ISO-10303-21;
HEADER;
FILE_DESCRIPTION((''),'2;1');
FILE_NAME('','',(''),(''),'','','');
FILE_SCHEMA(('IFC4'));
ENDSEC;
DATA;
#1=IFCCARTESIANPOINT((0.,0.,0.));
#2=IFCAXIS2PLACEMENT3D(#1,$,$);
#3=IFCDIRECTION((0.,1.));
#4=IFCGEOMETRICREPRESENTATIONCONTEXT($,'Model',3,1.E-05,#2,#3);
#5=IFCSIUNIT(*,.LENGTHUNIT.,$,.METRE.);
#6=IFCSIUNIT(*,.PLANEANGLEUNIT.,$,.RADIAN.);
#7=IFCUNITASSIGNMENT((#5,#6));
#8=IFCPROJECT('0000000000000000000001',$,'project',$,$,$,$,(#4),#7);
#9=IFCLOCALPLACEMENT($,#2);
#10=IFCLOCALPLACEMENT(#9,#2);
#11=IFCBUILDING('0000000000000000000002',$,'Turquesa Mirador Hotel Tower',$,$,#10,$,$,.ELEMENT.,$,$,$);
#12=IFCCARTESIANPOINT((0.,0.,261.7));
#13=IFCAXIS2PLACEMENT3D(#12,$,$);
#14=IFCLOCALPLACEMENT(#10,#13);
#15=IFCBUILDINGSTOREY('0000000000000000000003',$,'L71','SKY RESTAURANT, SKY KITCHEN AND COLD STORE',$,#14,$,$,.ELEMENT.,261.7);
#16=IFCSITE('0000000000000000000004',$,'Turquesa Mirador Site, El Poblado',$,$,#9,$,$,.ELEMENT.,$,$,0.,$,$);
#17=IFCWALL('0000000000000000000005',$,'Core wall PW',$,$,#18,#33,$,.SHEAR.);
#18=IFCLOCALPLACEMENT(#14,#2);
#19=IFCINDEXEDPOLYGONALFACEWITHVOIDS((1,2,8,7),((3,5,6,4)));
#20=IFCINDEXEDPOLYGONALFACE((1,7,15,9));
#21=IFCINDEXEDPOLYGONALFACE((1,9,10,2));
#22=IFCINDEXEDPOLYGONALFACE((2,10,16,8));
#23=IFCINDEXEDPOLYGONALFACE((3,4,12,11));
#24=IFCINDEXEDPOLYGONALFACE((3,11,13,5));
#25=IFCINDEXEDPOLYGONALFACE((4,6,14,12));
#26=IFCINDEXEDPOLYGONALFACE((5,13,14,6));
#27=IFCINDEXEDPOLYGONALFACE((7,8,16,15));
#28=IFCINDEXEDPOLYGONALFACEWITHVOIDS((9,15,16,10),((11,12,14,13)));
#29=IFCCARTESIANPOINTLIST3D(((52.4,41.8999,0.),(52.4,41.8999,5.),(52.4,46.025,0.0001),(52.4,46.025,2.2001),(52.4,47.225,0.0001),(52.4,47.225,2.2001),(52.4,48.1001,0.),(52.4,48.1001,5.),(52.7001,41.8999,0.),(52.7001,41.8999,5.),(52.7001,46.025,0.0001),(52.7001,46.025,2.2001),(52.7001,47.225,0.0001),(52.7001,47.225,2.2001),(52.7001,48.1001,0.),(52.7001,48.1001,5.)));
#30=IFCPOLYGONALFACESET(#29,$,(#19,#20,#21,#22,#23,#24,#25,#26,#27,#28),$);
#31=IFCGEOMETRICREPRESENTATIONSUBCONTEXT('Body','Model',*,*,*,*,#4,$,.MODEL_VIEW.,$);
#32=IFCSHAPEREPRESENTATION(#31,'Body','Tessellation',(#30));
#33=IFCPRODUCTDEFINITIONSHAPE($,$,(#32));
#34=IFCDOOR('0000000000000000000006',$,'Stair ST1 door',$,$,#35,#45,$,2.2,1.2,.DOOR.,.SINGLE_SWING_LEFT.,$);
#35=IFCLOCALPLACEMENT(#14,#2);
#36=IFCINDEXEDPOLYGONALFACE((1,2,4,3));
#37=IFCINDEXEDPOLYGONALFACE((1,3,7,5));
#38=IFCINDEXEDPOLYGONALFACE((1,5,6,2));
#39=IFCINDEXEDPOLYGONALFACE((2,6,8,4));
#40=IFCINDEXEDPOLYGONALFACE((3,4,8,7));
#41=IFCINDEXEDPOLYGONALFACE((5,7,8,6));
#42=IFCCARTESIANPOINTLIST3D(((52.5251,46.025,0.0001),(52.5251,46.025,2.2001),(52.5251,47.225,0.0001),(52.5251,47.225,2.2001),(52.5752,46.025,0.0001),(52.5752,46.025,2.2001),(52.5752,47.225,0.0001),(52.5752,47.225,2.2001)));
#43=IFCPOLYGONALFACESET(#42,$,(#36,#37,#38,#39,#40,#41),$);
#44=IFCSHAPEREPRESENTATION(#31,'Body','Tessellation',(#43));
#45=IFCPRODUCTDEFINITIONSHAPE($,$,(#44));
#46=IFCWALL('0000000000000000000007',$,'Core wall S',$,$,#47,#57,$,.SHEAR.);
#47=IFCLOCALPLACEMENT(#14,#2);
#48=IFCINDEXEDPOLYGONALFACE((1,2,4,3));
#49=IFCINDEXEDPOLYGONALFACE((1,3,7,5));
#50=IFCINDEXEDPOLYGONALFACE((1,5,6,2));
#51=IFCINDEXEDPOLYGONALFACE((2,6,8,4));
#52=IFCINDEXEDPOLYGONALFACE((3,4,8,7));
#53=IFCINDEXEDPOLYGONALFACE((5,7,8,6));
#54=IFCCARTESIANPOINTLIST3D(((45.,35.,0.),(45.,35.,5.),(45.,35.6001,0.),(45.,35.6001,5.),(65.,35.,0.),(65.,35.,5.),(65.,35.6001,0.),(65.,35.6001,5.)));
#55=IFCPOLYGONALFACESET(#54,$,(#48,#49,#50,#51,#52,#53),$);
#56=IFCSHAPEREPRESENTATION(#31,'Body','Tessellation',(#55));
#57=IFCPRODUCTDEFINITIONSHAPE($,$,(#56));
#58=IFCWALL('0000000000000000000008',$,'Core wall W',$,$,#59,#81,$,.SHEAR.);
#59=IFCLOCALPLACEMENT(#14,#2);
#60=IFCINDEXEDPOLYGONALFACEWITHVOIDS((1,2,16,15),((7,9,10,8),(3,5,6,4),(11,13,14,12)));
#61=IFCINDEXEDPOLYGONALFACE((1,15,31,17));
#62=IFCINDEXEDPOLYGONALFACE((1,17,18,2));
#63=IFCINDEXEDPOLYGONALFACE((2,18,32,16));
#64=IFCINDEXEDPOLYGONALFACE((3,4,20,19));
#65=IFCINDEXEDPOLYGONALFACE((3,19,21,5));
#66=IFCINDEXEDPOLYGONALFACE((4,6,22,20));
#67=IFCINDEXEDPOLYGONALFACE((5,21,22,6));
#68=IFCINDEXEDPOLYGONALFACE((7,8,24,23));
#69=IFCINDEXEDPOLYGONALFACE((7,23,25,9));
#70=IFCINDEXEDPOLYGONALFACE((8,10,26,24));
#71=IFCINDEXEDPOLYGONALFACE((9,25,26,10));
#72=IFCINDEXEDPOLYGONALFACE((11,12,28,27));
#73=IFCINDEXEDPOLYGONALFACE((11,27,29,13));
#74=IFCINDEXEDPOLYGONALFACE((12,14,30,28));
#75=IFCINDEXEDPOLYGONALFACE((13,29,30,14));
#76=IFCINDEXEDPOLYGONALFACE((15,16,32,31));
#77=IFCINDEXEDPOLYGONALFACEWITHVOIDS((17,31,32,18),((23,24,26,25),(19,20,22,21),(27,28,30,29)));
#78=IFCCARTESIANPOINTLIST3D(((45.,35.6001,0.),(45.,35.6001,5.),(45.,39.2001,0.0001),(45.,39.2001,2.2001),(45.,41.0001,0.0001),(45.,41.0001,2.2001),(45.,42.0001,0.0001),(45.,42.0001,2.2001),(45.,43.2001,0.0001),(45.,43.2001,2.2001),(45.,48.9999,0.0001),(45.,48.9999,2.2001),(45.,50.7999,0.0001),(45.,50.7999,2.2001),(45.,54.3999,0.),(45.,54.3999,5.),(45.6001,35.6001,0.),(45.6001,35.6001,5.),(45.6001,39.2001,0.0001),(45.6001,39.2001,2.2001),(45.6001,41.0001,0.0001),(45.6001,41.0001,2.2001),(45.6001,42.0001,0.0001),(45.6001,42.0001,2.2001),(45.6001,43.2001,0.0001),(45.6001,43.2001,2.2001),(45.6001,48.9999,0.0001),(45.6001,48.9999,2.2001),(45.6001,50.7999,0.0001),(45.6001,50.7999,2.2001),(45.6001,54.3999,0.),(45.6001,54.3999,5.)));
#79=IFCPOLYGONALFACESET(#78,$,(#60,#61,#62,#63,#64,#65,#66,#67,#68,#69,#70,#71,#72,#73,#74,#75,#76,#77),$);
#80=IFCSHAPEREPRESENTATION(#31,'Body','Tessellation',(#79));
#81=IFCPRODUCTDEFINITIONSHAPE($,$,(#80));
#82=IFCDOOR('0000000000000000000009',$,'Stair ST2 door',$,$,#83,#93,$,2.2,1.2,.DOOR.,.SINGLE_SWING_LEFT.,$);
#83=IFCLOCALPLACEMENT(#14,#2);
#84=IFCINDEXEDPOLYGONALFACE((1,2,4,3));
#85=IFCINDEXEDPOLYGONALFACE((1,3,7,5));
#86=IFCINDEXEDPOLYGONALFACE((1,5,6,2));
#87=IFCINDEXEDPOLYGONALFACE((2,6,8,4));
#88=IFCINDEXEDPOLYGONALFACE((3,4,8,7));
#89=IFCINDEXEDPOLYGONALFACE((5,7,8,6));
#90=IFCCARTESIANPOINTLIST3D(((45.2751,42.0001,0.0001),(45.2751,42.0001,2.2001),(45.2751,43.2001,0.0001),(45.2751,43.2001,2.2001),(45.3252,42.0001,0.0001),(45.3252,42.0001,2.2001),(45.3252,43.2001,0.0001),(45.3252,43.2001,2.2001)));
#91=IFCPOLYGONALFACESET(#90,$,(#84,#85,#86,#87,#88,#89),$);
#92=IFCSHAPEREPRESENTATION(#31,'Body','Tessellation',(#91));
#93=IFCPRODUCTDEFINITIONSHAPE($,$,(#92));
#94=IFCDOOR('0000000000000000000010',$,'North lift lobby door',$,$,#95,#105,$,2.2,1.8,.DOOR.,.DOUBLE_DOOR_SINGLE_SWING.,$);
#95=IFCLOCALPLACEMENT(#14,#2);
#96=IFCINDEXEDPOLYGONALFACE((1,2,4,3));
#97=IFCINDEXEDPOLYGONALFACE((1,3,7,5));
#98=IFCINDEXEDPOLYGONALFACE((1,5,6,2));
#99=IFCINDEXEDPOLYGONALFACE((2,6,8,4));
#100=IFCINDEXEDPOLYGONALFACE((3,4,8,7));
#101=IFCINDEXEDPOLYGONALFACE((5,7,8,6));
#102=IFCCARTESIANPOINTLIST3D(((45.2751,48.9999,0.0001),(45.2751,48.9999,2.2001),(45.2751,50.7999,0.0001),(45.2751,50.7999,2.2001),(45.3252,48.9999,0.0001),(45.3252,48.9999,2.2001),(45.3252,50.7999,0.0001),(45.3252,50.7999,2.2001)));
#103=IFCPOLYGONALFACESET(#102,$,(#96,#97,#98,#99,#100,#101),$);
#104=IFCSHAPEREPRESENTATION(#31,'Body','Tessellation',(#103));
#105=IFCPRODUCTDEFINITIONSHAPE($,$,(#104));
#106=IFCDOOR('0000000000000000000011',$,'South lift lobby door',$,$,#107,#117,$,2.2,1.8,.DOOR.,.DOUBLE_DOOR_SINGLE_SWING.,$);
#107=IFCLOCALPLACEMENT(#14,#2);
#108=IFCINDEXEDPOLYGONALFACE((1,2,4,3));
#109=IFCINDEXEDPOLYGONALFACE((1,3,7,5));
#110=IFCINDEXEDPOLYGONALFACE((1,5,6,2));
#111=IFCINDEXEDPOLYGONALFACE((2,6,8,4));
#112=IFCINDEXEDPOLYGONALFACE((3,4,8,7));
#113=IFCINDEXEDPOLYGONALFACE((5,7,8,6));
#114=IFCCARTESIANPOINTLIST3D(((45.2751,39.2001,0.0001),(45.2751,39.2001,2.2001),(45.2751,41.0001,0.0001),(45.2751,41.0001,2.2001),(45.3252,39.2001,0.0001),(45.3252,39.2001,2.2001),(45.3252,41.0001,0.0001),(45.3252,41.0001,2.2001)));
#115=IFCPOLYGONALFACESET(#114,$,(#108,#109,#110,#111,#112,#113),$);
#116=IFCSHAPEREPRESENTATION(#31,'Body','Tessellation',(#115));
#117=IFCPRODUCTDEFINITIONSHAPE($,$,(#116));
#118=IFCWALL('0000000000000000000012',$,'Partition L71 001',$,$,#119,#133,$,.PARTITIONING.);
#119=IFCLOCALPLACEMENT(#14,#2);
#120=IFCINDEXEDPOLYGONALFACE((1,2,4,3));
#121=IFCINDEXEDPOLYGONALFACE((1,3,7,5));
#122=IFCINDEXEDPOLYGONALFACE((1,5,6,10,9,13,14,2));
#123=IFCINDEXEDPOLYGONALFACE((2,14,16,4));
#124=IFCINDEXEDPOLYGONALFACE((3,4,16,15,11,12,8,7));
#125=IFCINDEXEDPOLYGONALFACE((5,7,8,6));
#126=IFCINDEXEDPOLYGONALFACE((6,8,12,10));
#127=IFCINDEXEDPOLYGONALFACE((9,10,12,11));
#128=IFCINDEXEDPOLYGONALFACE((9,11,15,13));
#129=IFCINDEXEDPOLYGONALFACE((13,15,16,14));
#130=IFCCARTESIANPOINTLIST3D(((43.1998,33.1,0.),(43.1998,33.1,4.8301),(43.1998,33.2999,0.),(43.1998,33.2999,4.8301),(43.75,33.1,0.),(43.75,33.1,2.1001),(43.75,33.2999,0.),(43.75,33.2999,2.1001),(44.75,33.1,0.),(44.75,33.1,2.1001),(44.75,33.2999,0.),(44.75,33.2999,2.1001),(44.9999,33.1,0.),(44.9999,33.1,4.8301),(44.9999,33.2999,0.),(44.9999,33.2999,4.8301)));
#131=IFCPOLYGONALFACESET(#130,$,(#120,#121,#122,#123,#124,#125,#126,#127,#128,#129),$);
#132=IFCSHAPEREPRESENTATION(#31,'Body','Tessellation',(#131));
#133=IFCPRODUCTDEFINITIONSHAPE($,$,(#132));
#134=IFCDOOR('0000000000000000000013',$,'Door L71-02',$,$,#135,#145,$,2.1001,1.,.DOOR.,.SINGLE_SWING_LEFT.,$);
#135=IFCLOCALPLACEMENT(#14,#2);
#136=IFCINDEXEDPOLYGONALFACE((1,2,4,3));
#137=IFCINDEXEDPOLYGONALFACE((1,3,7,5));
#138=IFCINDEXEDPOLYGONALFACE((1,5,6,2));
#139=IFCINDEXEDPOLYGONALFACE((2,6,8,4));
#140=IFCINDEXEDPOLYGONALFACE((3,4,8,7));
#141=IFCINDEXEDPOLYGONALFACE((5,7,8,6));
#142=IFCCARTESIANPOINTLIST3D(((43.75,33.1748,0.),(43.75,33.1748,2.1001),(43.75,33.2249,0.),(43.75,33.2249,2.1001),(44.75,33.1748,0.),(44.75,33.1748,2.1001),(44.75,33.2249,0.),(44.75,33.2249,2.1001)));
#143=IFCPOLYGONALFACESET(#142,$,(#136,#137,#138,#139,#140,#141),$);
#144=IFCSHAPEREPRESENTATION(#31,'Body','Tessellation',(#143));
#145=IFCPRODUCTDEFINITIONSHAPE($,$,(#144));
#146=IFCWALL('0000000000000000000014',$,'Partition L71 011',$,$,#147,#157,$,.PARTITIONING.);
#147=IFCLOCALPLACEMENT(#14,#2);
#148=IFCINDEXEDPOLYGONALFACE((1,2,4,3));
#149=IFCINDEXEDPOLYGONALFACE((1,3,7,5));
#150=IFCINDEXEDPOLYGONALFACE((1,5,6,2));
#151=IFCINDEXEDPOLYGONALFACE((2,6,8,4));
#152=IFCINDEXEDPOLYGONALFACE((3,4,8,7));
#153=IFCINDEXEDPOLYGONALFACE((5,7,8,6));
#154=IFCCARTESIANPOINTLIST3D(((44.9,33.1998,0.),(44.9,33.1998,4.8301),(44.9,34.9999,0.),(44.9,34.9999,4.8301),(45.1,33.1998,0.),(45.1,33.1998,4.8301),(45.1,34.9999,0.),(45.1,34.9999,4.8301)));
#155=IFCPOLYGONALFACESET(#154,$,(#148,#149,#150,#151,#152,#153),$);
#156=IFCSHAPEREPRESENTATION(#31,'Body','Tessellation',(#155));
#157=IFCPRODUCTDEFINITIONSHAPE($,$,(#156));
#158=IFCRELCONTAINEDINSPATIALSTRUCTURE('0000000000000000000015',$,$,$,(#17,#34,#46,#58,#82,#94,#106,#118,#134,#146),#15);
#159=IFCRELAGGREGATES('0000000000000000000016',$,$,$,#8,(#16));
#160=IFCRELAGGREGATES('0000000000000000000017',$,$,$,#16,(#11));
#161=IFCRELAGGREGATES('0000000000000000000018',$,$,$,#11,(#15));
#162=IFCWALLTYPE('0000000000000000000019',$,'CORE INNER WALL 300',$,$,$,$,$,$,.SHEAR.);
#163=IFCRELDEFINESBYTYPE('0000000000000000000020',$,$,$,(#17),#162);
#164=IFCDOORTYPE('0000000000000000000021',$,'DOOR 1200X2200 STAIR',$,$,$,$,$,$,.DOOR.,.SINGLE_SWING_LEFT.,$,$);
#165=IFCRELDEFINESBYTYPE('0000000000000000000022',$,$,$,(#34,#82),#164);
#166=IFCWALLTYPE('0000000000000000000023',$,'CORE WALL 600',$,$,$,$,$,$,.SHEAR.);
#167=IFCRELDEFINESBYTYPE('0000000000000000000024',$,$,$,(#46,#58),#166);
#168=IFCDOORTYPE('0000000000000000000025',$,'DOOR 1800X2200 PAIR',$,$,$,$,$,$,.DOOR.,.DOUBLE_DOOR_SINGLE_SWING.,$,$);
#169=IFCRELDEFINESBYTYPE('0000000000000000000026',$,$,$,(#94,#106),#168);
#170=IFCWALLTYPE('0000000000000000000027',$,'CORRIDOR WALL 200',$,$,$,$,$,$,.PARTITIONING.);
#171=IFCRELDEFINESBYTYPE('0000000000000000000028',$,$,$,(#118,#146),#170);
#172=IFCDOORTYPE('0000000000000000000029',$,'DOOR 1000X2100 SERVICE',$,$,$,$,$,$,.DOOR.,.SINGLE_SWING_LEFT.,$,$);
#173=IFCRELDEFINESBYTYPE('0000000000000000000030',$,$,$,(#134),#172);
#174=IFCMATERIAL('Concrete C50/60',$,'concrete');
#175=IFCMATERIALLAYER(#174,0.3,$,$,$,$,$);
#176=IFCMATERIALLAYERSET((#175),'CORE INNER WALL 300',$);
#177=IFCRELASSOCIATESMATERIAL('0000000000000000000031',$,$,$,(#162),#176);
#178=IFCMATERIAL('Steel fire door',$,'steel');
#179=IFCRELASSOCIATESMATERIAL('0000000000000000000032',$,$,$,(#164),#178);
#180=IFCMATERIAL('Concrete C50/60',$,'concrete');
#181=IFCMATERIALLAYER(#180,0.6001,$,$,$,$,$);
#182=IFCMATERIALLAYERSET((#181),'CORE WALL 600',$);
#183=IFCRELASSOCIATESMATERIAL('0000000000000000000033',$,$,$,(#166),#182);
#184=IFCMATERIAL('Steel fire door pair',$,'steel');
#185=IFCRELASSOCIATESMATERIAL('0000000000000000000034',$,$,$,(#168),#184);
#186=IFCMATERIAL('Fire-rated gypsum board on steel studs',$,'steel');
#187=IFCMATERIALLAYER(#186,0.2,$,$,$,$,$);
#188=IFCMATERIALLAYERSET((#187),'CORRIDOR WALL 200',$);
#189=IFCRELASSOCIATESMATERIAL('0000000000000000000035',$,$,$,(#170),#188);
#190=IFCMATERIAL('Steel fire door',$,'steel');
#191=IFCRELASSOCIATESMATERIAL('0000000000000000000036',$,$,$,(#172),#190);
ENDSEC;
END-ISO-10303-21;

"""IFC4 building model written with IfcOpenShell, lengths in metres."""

from ifc_helpers import new_model, si_unit, direction, frame, frame_2d, origin, place, context, subcontext, project, spatial, rectangle, extrude, material, layer, layer_set, type_object, element, fill, save


model = new_model("IFC4")

# Units and contexts
model_context = context("Model", 3, precision=1e-05, world=origin(), true_north=direction((0.0, 1.0)))
body_context = subcontext(model_context, "Body", "Model", "MODEL_VIEW")
ifc_project = project(units=[si_unit("LENGTHUNIT", "METRE"), si_unit("PLANEANGLEUNIT", "RADIAN")], contexts=[model_context])

# Site, building, storey
site_placement = place(None, origin())
site = spatial("IfcSite", under=ifc_project, at=site_placement, Name="Turquesa Mirador Site, El Poblado", CompositionType="ELEMENT", RefElevation=0.0)
building_placement = place(site_placement, origin())
building = spatial("IfcBuilding", under=site, at=building_placement, Name="Turquesa Mirador Hotel Tower", CompositionType="ELEMENT")
storey_placement = place(building_placement, frame((0.0, 0.0, 261.7)))
storey = spatial("IfcBuildingStorey", under=building, at=storey_placement, Name="L71", Description="SKY RESTAURANT, SKY KITCHEN AND COLD STORE", CompositionType="ELEMENT", Elevation=261.7)

# Shared definitions
ifc_material_1 = material(Name="Concrete C50/60", Category="concrete")
ifc_layer_1 = layer(ifc_material_1, 0.3)
ifc_layer_set_1 = layer_set([ifc_layer_1], Name="CORE INNER WALL 300")
wall_type_1 = type_object("IfcWallType", Name="CORE INNER WALL 300", PredefinedType="SHEAR", material=ifc_layer_set_1)

# Wall, opening, door
wall_1_placement = place(storey_placement, frame((52.55, 41.8999, 0.0), z_axis=(0.0, 0.0, 1.0), x_axis=(0.0, 1.0, 0.0)))
wall_1 = element("IfcWall", 1, at=wall_1_placement, inside=storey, type_object=wall_type_1, Name="Core wall PW", PredefinedType="SHEAR", context=body_context, shape_type="SweptSolid", body=[
    extrude(rectangle(XDim=6.2002, YDim=0.3, at=frame_2d((3.1001, 0.0))), origin(), (0.0, 0.0, 1.0), 5.0),
])
opening_1_placement = place(wall_1_placement, frame((4.125, 0.0, 0.0)))
opening_1 = element("IfcOpeningElement", 2, at=opening_1_placement, cuts=wall_1, PredefinedType="OPENING", context=body_context, shape_type="SweptSolid", body=[
    extrude(rectangle(XDim=1.2, YDim=2.2, at=frame_2d((0.6001, 1.1001))), frame((0.0, 0.1599, 0.0), z_axis=(0.0, -1.0, 0.0), x_axis=(1.0, 0.0, 0.0)), (0.0, 0.0, 1.0), 0.3201),
])
ifc_material_2 = material(Name="Steel fire door", Category="steel")
door_type_1 = type_object("IfcDoorType", Name="DOOR 1200X2200 STAIR", OperationType="SINGLE_SWING_LEFT", PredefinedType="DOOR", material=ifc_material_2)
door_1_placement = place(opening_1_placement, origin())
door_1 = element("IfcDoor", 3, at=door_1_placement, inside=storey, type_object=door_type_1, Name="Stair ST1 door", OperationType="SINGLE_SWING_LEFT", OverallHeight=2.2, OverallWidth=1.2, PredefinedType="DOOR", context=body_context, shape_type="SweptSolid", body=[
    extrude(rectangle(XDim=1.2, YDim=2.2, at=frame_2d((0.6001, 1.1001))), frame((0.0, 0.0249, 0.0), z_axis=(0.0, -1.0, 0.0), x_axis=(1.0, 0.0, 0.0)), (0.0, 0.0, 1.0), 0.05),
])
fill(opening_1, door_1)

# Wall
ifc_material_3 = material(Name="Concrete C50/60", Category="concrete")
ifc_layer_2 = layer(ifc_material_3, 0.6001)
ifc_layer_set_2 = layer_set([ifc_layer_2], Name="CORE WALL 600")
wall_type_2 = type_object("IfcWallType", Name="CORE WALL 600", PredefinedType="SHEAR", material=ifc_layer_set_2)
wall_2_placement = place(storey_placement, frame((45.0, 35.3, 0.0), z_axis=(0.0, 0.0, 1.0), x_axis=(1.0, 0.0, 0.0)))
element("IfcWall", 4, at=wall_2_placement, inside=storey, type_object=wall_type_2, Name="Core wall S", PredefinedType="SHEAR", context=body_context, shape_type="SweptSolid", body=[
    extrude(rectangle(XDim=20.0, YDim=0.6001, at=frame_2d((10.0, 0.0))), origin(), (0.0, 0.0, 1.0), 5.0),
])

# Wall, openings, doors
wall_3_placement = place(storey_placement, frame((45.3, 35.6001, 0.0), z_axis=(0.0, 0.0, 1.0), x_axis=(0.0, 1.0, 0.0)))
wall_3 = element("IfcWall", 5, at=wall_3_placement, inside=storey, type_object=wall_type_2, Name="Core wall W", PredefinedType="SHEAR", context=body_context, shape_type="SweptSolid", body=[
    extrude(rectangle(XDim=18.7998, YDim=0.6001, at=frame_2d((9.3999, 0.0))), origin(), (0.0, 0.0, 1.0), 5.0),
])
opening_2_placement = place(wall_3_placement, frame((13.3999, 0.0, 0.0)))
opening_2 = element("IfcOpeningElement", 6, at=opening_2_placement, cuts=wall_3, PredefinedType="OPENING", context=body_context, shape_type="SweptSolid", body=[
    extrude(rectangle(XDim=1.8, YDim=2.2, at=frame_2d((0.8999, 1.1001))), frame((0.0, 0.3101, 0.0), z_axis=(0.0, -1.0, 0.0), x_axis=(1.0, 0.0, 0.0)), (0.0, 0.0, 1.0), 0.6201),
])
opening_3_placement = place(wall_3_placement, frame((3.6001, 0.0, 0.0)))
opening_3 = element("IfcOpeningElement", 7, at=opening_3_placement, cuts=wall_3, PredefinedType="OPENING", context=body_context, shape_type="SweptSolid", body=[
    extrude(rectangle(XDim=1.8, YDim=2.2, at=frame_2d((0.8999, 1.1001))), frame((0.0, 0.3101, 0.0), z_axis=(0.0, -1.0, 0.0), x_axis=(1.0, 0.0, 0.0)), (0.0, 0.0, 1.0), 0.6201),
])
opening_4_placement = place(wall_3_placement, frame((6.3999, 0.0, 0.0)))
opening_4 = element("IfcOpeningElement", 8, at=opening_4_placement, cuts=wall_3, PredefinedType="OPENING", context=body_context, shape_type="SweptSolid", body=[
    extrude(rectangle(XDim=1.2, YDim=2.2, at=frame_2d((0.6001, 1.1001))), frame((0.0, 0.3101, 0.0), z_axis=(0.0, -1.0, 0.0), x_axis=(1.0, 0.0, 0.0)), (0.0, 0.0, 1.0), 0.6201),
])
door_2_placement = place(opening_4_placement, origin())
door_2 = element("IfcDoor", 9, at=door_2_placement, inside=storey, type_object=door_type_1, Name="Stair ST2 door", OperationType="SINGLE_SWING_LEFT", OverallHeight=2.2, OverallWidth=1.2, PredefinedType="DOOR", context=body_context, shape_type="SweptSolid", body=[
    extrude(rectangle(XDim=1.2, YDim=2.2, at=frame_2d((0.6001, 1.1001))), frame((0.0, 0.0249, 0.0), z_axis=(0.0, -1.0, 0.0), x_axis=(1.0, 0.0, 0.0)), (0.0, 0.0, 1.0), 0.05),
])
fill(opening_4, door_2)
ifc_material_4 = material(Name="Steel fire door pair", Category="steel")
door_type_2 = type_object("IfcDoorType", Name="DOOR 1800X2200 PAIR", OperationType="DOUBLE_DOOR_SINGLE_SWING", PredefinedType="DOOR", material=ifc_material_4)
door_3_placement = place(opening_2_placement, origin())
door_3 = element("IfcDoor", 10, at=door_3_placement, inside=storey, type_object=door_type_2, Name="North lift lobby door", OperationType="DOUBLE_DOOR_SINGLE_SWING", OverallHeight=2.2, OverallWidth=1.8, PredefinedType="DOOR", context=body_context, shape_type="SweptSolid", body=[
    extrude(rectangle(XDim=1.8, YDim=2.2, at=frame_2d((0.8999, 1.1001))), frame((0.0, 0.0249, 0.0), z_axis=(0.0, -1.0, 0.0), x_axis=(1.0, 0.0, 0.0)), (0.0, 0.0, 1.0), 0.05),
])
fill(opening_2, door_3)
door_4_placement = place(opening_3_placement, origin())
door_4 = element("IfcDoor", 11, at=door_4_placement, inside=storey, type_object=door_type_2, Name="South lift lobby door", OperationType="DOUBLE_DOOR_SINGLE_SWING", OverallHeight=2.2, OverallWidth=1.8, PredefinedType="DOOR", context=body_context, shape_type="SweptSolid", body=[
    extrude(rectangle(XDim=1.8, YDim=2.2, at=frame_2d((0.8999, 1.1001))), frame((0.0, 0.0249, 0.0), z_axis=(0.0, -1.0, 0.0), x_axis=(1.0, 0.0, 0.0)), (0.0, 0.0, 1.0), 0.05),
])
fill(opening_3, door_4)

# Wall, opening, door
ifc_material_5 = material(Name="Fire-rated gypsum board on steel studs", Category="steel")
ifc_layer_3 = layer(ifc_material_5, 0.2)
ifc_layer_set_3 = layer_set([ifc_layer_3], Name="CORRIDOR WALL 200")
wall_type_3 = type_object("IfcWallType", Name="CORRIDOR WALL 200", PredefinedType="PARTITIONING", material=ifc_layer_set_3)
wall_4_placement = place(storey_placement, frame((43.2, 33.2, 0.0), z_axis=(0.0, 0.0, 1.0), x_axis=(1.0, 0.0, 0.0)))
wall_4 = element("IfcWall", 12, at=wall_4_placement, inside=storey, type_object=wall_type_3, Name="Partition L71 001", PredefinedType="PARTITIONING", context=body_context, shape_type="SweptSolid", body=[
    extrude(rectangle(XDim=1.8, YDim=0.2, at=frame_2d((0.8999, 0.0))), origin(), (0.0, 0.0, 1.0), 4.8301),
])
opening_5_placement = place(wall_4_placement, frame((0.55, 0.0, 0.0)))
opening_5 = element("IfcOpeningElement", 13, at=opening_5_placement, cuts=wall_4, PredefinedType="OPENING", context=body_context, shape_type="SweptSolid", body=[
    extrude(rectangle(XDim=1.0, YDim=2.1001, at=frame_2d((0.5, 1.05))), frame((0.0, 0.1099, 0.0), z_axis=(0.0, -1.0, 0.0), x_axis=(1.0, 0.0, 0.0)), (0.0, 0.0, 1.0), 0.22),
])
ifc_material_6 = material(Name="Steel fire door", Category="steel")
door_type_3 = type_object("IfcDoorType", Name="DOOR 1000X2100 SERVICE", OperationType="SINGLE_SWING_LEFT", PredefinedType="DOOR", material=ifc_material_6)
door_5_placement = place(opening_5_placement, origin())
door_5 = element("IfcDoor", 14, at=door_5_placement, inside=storey, type_object=door_type_3, Name="Door L71-02", OperationType="SINGLE_SWING_LEFT", OverallHeight=2.1001, OverallWidth=1.0, PredefinedType="DOOR", context=body_context, shape_type="SweptSolid", body=[
    extrude(rectangle(XDim=1.0, YDim=2.1001, at=frame_2d((0.5, 1.05))), frame((0.0, 0.0249, 0.0), z_axis=(0.0, -1.0, 0.0), x_axis=(1.0, 0.0, 0.0)), (0.0, 0.0, 1.0), 0.05),
])
fill(opening_5, door_5)

# Wall
wall_5_placement = place(storey_placement, frame((45.0, 33.2, 0.0), z_axis=(0.0, 0.0, 1.0), x_axis=(0.0, 1.0, 0.0)))
element("IfcWall", 15, at=wall_5_placement, inside=storey, type_object=wall_type_3, Name="Partition L71 011", PredefinedType="PARTITIONING", context=body_context, shape_type="SweptSolid", body=[
    extrude(rectangle(XDim=1.8, YDim=0.2, at=frame_2d((0.8999, 0.0))), origin(), (0.0, 0.0, 1.0), 4.8301),
])

save(model, "model.ifc")
